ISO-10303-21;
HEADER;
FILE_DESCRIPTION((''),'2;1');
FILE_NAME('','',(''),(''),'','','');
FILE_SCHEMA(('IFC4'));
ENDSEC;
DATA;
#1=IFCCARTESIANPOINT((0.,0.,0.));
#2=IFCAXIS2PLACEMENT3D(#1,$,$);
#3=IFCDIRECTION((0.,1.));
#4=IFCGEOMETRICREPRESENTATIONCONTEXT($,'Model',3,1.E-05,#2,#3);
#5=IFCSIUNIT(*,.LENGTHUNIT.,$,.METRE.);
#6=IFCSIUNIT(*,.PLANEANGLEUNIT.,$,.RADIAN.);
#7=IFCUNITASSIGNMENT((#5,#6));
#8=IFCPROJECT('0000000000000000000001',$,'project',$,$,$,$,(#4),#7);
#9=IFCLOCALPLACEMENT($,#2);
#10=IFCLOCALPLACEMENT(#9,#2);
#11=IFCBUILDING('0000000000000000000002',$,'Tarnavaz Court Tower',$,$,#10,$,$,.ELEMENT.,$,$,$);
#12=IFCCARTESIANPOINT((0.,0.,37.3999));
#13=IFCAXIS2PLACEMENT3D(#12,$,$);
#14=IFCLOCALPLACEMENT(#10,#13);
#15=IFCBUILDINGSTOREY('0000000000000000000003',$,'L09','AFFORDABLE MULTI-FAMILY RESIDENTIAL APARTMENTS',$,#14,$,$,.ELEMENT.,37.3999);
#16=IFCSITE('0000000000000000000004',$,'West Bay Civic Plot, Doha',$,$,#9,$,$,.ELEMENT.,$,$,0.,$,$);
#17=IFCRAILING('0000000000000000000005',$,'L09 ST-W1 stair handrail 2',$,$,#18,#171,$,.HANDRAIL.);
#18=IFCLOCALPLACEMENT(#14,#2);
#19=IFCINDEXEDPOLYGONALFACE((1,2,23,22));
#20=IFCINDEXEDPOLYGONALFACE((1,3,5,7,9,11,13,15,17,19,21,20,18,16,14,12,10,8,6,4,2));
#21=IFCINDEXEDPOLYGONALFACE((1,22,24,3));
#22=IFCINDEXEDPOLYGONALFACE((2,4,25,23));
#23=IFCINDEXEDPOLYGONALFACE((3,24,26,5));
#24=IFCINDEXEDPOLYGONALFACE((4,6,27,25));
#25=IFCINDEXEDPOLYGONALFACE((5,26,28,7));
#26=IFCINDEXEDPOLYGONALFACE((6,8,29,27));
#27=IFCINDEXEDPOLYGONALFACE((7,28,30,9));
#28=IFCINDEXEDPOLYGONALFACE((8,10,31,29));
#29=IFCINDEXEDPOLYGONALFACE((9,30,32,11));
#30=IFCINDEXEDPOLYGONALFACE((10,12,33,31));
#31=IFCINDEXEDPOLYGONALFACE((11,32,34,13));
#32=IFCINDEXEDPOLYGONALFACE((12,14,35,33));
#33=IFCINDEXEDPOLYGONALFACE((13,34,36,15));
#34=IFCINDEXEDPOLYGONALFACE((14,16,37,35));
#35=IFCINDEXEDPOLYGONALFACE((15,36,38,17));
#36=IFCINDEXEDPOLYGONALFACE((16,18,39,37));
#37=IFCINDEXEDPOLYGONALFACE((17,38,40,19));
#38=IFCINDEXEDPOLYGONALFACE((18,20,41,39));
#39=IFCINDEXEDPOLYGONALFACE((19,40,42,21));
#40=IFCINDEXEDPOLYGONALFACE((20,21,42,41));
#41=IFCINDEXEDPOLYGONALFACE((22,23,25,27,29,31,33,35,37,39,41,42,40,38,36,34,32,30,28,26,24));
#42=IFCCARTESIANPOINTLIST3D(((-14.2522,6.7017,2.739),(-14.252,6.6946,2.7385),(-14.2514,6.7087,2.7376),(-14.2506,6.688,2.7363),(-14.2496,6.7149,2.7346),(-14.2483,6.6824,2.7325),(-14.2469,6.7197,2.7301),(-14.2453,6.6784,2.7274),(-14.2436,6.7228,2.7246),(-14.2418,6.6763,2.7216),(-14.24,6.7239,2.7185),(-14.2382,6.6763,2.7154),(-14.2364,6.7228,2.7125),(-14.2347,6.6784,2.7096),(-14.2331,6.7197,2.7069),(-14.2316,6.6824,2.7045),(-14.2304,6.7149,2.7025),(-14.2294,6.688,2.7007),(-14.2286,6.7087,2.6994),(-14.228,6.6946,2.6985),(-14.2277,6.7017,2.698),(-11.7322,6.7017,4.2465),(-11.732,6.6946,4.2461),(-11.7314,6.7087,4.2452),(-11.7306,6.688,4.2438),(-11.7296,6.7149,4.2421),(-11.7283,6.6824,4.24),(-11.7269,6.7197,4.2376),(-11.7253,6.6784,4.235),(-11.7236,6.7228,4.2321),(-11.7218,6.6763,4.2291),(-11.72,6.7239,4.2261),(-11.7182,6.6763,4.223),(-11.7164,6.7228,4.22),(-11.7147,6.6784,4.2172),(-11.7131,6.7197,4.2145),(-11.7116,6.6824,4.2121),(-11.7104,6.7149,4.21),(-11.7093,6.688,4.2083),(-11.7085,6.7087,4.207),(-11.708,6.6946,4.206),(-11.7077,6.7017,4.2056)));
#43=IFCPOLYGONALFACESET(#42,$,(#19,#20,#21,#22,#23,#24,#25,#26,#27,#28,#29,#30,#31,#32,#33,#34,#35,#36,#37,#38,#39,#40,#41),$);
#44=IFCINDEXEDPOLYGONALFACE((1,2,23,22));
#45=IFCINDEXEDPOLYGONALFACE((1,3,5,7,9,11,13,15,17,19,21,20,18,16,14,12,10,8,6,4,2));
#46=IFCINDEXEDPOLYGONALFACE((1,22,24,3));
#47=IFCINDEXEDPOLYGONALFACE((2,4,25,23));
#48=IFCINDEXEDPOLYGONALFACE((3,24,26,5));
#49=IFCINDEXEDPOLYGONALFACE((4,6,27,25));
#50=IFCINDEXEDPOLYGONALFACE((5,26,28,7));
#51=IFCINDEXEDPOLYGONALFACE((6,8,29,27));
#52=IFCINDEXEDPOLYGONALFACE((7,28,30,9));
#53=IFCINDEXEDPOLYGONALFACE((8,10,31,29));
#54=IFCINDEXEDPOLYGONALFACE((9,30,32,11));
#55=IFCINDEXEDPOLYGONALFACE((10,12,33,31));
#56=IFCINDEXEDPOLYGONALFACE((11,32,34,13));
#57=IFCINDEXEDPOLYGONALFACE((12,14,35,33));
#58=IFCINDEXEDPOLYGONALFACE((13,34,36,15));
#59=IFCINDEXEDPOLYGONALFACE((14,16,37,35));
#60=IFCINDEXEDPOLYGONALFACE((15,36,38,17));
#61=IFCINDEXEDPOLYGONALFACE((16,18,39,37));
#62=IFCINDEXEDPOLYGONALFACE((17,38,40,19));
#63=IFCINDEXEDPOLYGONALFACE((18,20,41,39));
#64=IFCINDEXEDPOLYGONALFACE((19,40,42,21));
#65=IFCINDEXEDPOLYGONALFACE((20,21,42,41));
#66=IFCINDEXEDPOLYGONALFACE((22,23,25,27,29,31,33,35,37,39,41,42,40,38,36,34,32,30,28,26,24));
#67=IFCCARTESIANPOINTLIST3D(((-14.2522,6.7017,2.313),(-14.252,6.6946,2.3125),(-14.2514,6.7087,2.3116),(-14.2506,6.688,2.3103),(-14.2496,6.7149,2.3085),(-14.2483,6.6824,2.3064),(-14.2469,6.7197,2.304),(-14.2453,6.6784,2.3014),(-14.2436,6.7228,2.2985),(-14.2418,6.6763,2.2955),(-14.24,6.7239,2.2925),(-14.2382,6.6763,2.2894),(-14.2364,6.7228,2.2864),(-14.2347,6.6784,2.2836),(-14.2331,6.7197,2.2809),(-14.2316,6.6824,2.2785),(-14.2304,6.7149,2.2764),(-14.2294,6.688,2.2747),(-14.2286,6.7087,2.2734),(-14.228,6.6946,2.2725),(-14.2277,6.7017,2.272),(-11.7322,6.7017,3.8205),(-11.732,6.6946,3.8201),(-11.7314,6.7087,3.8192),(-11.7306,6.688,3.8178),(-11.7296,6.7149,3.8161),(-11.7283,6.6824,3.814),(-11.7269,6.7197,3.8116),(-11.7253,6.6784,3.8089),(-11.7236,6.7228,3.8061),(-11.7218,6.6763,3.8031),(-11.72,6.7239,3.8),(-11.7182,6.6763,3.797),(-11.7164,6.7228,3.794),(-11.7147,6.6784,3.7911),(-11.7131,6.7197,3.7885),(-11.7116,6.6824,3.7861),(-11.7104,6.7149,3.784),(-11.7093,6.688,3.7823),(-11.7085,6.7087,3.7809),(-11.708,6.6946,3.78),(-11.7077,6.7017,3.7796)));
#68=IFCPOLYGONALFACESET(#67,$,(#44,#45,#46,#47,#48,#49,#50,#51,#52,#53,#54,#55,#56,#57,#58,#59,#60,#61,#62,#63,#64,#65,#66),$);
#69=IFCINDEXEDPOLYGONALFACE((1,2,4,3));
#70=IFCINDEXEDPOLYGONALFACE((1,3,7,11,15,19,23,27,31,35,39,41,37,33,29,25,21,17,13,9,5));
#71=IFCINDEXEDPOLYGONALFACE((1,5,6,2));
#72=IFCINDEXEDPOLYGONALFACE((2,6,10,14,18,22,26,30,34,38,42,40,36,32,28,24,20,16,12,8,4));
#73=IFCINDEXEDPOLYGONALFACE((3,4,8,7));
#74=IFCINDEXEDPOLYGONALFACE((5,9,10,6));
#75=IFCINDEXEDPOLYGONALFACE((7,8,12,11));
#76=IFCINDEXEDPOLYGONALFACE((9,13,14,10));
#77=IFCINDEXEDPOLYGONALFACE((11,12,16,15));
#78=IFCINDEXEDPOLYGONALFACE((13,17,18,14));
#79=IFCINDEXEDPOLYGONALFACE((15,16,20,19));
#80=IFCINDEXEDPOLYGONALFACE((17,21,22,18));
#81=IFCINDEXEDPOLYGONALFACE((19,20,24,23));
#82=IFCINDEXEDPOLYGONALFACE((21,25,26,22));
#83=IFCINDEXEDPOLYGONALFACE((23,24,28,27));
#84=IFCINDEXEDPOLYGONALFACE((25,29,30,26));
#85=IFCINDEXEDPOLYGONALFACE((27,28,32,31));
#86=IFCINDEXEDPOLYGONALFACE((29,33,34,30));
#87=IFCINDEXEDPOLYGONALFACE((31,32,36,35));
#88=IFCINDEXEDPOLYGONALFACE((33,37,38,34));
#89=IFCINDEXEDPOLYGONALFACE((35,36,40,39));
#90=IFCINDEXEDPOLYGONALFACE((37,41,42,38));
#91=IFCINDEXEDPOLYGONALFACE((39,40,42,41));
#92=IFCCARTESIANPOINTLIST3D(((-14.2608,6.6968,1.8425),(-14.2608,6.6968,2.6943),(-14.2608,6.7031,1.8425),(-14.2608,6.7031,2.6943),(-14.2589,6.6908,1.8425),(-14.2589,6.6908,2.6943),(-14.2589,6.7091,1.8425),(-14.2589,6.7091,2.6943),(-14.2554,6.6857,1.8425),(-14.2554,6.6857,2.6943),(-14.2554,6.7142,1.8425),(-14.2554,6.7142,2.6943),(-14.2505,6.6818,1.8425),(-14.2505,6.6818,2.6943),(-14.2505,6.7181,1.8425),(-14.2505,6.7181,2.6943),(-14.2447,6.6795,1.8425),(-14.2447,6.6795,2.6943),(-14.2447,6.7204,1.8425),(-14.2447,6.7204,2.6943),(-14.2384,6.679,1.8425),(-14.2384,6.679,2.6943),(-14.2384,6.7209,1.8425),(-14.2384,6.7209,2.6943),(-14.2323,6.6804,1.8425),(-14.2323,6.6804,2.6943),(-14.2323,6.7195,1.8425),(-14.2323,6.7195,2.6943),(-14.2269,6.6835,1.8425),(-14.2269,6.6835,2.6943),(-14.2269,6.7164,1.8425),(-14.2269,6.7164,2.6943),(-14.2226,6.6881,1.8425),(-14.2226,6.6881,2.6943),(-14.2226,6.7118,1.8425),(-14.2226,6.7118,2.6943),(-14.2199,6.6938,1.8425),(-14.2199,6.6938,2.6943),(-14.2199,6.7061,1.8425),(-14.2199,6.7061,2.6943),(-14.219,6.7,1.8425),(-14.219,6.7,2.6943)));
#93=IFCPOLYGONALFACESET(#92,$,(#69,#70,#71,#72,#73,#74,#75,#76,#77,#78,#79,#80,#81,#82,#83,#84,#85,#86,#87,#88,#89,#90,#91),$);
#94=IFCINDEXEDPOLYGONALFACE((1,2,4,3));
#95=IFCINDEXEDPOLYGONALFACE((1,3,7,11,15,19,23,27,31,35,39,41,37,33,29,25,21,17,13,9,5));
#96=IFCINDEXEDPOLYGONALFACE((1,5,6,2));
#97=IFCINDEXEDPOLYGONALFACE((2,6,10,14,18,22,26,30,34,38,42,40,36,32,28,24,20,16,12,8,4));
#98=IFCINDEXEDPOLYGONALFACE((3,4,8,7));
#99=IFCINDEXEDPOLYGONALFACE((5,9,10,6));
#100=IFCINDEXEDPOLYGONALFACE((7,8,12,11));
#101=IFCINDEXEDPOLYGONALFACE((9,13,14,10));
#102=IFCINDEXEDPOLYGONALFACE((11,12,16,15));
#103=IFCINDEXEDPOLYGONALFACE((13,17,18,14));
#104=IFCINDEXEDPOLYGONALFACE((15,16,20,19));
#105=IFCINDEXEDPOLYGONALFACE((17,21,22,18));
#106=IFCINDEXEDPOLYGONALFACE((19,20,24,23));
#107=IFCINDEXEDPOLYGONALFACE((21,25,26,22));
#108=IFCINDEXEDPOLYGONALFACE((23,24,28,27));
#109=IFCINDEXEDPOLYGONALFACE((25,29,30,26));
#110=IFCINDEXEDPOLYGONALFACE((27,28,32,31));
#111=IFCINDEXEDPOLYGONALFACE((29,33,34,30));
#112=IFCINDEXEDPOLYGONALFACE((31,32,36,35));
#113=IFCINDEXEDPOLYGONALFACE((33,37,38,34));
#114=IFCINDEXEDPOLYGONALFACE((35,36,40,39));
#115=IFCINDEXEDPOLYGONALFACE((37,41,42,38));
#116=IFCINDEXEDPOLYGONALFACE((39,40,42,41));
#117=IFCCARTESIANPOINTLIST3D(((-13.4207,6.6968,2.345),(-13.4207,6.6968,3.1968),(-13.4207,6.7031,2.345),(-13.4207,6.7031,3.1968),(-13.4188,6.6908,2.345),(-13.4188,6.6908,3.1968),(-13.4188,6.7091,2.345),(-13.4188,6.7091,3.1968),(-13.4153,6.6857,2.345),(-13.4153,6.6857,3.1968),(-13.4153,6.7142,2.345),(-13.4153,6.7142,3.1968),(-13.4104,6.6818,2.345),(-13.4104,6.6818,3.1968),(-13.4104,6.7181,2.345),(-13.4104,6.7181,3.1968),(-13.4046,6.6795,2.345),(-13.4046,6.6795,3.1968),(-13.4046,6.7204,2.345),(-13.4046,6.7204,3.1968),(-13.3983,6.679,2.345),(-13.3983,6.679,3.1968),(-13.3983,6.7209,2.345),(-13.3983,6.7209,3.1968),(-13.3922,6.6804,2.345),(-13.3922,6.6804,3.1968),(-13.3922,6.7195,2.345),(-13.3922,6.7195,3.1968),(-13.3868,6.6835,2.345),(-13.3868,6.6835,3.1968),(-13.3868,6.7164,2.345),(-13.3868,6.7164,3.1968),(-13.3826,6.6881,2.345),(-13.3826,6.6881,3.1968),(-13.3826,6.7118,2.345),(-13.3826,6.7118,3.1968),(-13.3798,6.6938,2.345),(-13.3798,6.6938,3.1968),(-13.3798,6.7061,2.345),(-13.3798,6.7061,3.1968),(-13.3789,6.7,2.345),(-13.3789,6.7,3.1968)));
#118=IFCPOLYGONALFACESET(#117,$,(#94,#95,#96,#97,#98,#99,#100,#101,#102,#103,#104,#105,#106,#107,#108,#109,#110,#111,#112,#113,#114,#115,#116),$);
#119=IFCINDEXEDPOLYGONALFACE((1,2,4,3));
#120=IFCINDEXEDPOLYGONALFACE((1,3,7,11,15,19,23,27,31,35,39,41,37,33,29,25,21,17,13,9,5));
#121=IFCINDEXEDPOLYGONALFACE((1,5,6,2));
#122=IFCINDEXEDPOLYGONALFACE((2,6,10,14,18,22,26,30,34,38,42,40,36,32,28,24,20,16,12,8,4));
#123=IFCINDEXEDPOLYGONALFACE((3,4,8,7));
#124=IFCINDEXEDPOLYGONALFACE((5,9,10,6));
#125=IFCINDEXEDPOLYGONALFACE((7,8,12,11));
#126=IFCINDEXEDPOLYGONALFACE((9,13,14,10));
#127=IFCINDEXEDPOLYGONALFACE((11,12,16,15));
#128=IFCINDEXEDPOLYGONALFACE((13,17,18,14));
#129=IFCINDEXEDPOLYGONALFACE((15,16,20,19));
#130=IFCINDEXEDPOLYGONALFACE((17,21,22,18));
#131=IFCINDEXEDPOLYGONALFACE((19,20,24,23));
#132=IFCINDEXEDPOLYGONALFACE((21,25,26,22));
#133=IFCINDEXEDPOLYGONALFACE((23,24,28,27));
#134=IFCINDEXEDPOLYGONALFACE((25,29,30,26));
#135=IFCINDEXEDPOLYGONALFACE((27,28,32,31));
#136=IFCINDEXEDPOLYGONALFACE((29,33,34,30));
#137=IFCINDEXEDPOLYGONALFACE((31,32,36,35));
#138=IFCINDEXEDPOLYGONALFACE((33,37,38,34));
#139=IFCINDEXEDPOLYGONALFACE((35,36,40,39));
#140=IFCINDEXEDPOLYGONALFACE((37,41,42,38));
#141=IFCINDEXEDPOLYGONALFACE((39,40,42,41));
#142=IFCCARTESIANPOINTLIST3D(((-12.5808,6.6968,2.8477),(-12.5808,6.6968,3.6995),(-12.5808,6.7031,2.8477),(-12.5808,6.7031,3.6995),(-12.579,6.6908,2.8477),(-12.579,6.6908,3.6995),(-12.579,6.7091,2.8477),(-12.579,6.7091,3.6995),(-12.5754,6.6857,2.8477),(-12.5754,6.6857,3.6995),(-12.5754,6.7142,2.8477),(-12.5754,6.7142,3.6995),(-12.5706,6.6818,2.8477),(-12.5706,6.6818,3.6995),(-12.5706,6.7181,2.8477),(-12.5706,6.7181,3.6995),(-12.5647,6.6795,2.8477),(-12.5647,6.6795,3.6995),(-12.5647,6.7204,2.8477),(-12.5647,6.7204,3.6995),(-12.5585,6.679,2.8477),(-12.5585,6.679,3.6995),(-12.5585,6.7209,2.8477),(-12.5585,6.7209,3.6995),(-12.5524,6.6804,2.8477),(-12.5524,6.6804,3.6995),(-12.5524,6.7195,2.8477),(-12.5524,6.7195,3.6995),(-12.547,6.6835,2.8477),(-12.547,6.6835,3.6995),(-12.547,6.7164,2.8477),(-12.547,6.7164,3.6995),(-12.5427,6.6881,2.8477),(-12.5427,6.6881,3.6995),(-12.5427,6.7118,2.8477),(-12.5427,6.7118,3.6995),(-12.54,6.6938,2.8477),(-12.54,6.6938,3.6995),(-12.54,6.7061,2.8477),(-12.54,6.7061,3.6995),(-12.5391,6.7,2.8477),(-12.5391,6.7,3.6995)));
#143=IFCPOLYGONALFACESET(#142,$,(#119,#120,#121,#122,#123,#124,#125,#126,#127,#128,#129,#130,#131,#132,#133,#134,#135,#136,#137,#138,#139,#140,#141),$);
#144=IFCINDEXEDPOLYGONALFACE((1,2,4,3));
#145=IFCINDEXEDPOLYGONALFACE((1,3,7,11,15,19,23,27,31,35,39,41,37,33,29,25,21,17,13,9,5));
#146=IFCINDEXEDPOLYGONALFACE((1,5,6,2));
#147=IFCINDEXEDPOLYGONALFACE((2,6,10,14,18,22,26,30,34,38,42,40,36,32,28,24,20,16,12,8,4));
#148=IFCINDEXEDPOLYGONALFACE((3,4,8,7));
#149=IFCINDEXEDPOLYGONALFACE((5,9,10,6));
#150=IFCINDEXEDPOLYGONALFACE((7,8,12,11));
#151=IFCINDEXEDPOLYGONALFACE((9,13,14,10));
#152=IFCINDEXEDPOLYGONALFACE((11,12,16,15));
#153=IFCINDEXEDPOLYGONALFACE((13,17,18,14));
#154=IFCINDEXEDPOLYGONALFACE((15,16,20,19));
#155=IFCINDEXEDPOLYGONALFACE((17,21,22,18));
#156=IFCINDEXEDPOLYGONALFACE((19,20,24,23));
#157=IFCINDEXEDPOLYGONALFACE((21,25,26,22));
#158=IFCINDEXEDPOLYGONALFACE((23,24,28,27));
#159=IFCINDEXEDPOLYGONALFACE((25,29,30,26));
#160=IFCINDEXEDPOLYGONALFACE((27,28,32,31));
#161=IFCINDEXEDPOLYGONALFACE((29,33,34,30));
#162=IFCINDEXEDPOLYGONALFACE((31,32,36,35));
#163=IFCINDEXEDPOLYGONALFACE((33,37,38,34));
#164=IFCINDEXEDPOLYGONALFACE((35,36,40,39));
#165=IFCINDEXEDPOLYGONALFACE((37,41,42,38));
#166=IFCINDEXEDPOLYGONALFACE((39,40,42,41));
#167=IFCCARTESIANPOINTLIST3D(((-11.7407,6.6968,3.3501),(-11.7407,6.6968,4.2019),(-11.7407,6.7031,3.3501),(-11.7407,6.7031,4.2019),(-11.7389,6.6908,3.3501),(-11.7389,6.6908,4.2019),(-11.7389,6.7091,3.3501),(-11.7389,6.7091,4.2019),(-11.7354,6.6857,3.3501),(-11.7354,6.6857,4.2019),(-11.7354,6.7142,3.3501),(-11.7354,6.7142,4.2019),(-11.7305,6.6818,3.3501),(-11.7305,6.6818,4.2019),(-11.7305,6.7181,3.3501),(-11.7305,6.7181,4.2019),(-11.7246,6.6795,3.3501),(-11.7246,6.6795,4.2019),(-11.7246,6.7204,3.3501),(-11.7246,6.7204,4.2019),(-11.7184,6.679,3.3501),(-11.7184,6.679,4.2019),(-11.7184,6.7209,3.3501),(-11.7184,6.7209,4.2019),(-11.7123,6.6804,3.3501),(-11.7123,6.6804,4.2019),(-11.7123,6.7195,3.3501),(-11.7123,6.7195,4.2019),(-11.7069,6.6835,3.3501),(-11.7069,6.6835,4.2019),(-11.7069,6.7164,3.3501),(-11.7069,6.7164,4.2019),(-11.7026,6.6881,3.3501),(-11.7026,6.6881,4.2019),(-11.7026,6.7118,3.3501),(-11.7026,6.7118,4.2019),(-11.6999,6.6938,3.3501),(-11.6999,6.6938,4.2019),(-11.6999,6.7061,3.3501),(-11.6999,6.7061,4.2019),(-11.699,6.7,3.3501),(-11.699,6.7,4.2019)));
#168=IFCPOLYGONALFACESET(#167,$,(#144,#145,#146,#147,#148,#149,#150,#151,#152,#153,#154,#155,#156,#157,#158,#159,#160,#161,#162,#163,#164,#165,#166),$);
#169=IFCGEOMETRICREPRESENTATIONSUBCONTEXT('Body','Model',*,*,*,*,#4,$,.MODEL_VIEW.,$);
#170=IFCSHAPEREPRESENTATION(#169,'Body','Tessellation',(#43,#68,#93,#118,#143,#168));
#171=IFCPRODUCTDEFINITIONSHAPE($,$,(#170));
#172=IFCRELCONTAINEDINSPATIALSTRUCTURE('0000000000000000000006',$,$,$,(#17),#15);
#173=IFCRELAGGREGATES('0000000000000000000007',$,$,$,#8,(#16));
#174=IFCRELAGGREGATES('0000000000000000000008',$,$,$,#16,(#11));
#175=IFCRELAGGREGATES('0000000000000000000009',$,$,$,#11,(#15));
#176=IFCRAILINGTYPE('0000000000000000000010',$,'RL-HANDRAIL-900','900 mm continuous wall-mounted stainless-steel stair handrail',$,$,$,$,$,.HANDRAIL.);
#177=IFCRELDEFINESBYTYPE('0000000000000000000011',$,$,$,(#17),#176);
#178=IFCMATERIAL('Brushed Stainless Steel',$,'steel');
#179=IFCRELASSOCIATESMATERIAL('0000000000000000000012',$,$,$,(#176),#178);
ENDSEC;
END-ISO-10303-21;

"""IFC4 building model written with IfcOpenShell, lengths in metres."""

from ifc_helpers import new_model, si_unit, direction, frame, origin, origin_2d, place, context, subcontext, project, spatial, circle, extrude, material, type_object, element, save


model = new_model("IFC4")

# Units and contexts
model_context = context("Model", 3, precision=1e-05, world=origin(), true_north=direction((0.0, 1.0)))
body_context = subcontext(model_context, "Body", "Model", "MODEL_VIEW")
ifc_project = project(units=[si_unit("LENGTHUNIT", "METRE"), si_unit("PLANEANGLEUNIT", "RADIAN")], contexts=[model_context])

# Site, building, storey
site_placement = place(None, origin())
site = spatial("IfcSite", under=ifc_project, at=site_placement, Name="West Bay Civic Plot, Doha", CompositionType="ELEMENT", RefElevation=0.0)
building_placement = place(site_placement, origin())
building = spatial("IfcBuilding", under=site, at=building_placement, Name="Tarnavaz Court Tower", CompositionType="ELEMENT")
storey_placement = place(building_placement, frame((0.0, 0.0, 37.3999)))
storey = spatial("IfcBuildingStorey", under=building, at=storey_placement, Name="L09", Description="AFFORDABLE MULTI-FAMILY RESIDENTIAL APARTMENTS", CompositionType="ELEMENT", Elevation=37.3999)

# Railing
ifc_material_1 = material(Name="Brushed Stainless Steel", Category="steel")
railing_type_1 = type_object("IfcRailingType", Name="RL-HANDRAIL-900", Description="900 mm continuous wall-mounted stainless-steel stair handrail", PredefinedType="HANDRAIL", material=ifc_material_1)
railing_1_placement = place(storey_placement, frame((-14.24, 6.7, 1.8425)))
element("IfcRailing", 1, at=railing_1_placement, inside=storey, type_object=railing_type_1, Name="L09 ST-W1 stair handrail 2", PredefinedType="HANDRAIL", context=body_context, shape_type="SweptSolid", body=[
    extrude(circle(Radius=0.0239, at=origin_2d()), frame((0.0, 0.0, 0.876), z_axis=(0.85816, 0.0, 0.513383), x_axis=(0.0, 1.0, 0.0)), (0.0, 0.0, 1.0), 2.9365),
    extrude(circle(Radius=0.0239, at=origin_2d()), frame((0.0, 0.0, 0.45), z_axis=(0.85816, 0.0, 0.513383), x_axis=(0.0, 1.0, 0.0)), (0.0, 0.0, 1.0), 2.9365),
    extrude(circle(Radius=0.021, at=origin_2d()), origin(), (0.0, 0.0, 1.0), 0.8518),
    extrude(circle(Radius=0.021, at=origin_2d()), frame((0.8401, 0.0, 0.5024)), (0.0, 0.0, 1.0), 0.8518),
    extrude(circle(Radius=0.021, at=origin_2d()), frame((1.6799, 0.0, 1.0051)), (0.0, 0.0, 1.0), 0.8518),
    extrude(circle(Radius=0.021, at=origin_2d()), frame((2.52, 0.0, 1.5076)), (0.0, 0.0, 1.0), 0.8518),
])

save(model, "model.ifc")
